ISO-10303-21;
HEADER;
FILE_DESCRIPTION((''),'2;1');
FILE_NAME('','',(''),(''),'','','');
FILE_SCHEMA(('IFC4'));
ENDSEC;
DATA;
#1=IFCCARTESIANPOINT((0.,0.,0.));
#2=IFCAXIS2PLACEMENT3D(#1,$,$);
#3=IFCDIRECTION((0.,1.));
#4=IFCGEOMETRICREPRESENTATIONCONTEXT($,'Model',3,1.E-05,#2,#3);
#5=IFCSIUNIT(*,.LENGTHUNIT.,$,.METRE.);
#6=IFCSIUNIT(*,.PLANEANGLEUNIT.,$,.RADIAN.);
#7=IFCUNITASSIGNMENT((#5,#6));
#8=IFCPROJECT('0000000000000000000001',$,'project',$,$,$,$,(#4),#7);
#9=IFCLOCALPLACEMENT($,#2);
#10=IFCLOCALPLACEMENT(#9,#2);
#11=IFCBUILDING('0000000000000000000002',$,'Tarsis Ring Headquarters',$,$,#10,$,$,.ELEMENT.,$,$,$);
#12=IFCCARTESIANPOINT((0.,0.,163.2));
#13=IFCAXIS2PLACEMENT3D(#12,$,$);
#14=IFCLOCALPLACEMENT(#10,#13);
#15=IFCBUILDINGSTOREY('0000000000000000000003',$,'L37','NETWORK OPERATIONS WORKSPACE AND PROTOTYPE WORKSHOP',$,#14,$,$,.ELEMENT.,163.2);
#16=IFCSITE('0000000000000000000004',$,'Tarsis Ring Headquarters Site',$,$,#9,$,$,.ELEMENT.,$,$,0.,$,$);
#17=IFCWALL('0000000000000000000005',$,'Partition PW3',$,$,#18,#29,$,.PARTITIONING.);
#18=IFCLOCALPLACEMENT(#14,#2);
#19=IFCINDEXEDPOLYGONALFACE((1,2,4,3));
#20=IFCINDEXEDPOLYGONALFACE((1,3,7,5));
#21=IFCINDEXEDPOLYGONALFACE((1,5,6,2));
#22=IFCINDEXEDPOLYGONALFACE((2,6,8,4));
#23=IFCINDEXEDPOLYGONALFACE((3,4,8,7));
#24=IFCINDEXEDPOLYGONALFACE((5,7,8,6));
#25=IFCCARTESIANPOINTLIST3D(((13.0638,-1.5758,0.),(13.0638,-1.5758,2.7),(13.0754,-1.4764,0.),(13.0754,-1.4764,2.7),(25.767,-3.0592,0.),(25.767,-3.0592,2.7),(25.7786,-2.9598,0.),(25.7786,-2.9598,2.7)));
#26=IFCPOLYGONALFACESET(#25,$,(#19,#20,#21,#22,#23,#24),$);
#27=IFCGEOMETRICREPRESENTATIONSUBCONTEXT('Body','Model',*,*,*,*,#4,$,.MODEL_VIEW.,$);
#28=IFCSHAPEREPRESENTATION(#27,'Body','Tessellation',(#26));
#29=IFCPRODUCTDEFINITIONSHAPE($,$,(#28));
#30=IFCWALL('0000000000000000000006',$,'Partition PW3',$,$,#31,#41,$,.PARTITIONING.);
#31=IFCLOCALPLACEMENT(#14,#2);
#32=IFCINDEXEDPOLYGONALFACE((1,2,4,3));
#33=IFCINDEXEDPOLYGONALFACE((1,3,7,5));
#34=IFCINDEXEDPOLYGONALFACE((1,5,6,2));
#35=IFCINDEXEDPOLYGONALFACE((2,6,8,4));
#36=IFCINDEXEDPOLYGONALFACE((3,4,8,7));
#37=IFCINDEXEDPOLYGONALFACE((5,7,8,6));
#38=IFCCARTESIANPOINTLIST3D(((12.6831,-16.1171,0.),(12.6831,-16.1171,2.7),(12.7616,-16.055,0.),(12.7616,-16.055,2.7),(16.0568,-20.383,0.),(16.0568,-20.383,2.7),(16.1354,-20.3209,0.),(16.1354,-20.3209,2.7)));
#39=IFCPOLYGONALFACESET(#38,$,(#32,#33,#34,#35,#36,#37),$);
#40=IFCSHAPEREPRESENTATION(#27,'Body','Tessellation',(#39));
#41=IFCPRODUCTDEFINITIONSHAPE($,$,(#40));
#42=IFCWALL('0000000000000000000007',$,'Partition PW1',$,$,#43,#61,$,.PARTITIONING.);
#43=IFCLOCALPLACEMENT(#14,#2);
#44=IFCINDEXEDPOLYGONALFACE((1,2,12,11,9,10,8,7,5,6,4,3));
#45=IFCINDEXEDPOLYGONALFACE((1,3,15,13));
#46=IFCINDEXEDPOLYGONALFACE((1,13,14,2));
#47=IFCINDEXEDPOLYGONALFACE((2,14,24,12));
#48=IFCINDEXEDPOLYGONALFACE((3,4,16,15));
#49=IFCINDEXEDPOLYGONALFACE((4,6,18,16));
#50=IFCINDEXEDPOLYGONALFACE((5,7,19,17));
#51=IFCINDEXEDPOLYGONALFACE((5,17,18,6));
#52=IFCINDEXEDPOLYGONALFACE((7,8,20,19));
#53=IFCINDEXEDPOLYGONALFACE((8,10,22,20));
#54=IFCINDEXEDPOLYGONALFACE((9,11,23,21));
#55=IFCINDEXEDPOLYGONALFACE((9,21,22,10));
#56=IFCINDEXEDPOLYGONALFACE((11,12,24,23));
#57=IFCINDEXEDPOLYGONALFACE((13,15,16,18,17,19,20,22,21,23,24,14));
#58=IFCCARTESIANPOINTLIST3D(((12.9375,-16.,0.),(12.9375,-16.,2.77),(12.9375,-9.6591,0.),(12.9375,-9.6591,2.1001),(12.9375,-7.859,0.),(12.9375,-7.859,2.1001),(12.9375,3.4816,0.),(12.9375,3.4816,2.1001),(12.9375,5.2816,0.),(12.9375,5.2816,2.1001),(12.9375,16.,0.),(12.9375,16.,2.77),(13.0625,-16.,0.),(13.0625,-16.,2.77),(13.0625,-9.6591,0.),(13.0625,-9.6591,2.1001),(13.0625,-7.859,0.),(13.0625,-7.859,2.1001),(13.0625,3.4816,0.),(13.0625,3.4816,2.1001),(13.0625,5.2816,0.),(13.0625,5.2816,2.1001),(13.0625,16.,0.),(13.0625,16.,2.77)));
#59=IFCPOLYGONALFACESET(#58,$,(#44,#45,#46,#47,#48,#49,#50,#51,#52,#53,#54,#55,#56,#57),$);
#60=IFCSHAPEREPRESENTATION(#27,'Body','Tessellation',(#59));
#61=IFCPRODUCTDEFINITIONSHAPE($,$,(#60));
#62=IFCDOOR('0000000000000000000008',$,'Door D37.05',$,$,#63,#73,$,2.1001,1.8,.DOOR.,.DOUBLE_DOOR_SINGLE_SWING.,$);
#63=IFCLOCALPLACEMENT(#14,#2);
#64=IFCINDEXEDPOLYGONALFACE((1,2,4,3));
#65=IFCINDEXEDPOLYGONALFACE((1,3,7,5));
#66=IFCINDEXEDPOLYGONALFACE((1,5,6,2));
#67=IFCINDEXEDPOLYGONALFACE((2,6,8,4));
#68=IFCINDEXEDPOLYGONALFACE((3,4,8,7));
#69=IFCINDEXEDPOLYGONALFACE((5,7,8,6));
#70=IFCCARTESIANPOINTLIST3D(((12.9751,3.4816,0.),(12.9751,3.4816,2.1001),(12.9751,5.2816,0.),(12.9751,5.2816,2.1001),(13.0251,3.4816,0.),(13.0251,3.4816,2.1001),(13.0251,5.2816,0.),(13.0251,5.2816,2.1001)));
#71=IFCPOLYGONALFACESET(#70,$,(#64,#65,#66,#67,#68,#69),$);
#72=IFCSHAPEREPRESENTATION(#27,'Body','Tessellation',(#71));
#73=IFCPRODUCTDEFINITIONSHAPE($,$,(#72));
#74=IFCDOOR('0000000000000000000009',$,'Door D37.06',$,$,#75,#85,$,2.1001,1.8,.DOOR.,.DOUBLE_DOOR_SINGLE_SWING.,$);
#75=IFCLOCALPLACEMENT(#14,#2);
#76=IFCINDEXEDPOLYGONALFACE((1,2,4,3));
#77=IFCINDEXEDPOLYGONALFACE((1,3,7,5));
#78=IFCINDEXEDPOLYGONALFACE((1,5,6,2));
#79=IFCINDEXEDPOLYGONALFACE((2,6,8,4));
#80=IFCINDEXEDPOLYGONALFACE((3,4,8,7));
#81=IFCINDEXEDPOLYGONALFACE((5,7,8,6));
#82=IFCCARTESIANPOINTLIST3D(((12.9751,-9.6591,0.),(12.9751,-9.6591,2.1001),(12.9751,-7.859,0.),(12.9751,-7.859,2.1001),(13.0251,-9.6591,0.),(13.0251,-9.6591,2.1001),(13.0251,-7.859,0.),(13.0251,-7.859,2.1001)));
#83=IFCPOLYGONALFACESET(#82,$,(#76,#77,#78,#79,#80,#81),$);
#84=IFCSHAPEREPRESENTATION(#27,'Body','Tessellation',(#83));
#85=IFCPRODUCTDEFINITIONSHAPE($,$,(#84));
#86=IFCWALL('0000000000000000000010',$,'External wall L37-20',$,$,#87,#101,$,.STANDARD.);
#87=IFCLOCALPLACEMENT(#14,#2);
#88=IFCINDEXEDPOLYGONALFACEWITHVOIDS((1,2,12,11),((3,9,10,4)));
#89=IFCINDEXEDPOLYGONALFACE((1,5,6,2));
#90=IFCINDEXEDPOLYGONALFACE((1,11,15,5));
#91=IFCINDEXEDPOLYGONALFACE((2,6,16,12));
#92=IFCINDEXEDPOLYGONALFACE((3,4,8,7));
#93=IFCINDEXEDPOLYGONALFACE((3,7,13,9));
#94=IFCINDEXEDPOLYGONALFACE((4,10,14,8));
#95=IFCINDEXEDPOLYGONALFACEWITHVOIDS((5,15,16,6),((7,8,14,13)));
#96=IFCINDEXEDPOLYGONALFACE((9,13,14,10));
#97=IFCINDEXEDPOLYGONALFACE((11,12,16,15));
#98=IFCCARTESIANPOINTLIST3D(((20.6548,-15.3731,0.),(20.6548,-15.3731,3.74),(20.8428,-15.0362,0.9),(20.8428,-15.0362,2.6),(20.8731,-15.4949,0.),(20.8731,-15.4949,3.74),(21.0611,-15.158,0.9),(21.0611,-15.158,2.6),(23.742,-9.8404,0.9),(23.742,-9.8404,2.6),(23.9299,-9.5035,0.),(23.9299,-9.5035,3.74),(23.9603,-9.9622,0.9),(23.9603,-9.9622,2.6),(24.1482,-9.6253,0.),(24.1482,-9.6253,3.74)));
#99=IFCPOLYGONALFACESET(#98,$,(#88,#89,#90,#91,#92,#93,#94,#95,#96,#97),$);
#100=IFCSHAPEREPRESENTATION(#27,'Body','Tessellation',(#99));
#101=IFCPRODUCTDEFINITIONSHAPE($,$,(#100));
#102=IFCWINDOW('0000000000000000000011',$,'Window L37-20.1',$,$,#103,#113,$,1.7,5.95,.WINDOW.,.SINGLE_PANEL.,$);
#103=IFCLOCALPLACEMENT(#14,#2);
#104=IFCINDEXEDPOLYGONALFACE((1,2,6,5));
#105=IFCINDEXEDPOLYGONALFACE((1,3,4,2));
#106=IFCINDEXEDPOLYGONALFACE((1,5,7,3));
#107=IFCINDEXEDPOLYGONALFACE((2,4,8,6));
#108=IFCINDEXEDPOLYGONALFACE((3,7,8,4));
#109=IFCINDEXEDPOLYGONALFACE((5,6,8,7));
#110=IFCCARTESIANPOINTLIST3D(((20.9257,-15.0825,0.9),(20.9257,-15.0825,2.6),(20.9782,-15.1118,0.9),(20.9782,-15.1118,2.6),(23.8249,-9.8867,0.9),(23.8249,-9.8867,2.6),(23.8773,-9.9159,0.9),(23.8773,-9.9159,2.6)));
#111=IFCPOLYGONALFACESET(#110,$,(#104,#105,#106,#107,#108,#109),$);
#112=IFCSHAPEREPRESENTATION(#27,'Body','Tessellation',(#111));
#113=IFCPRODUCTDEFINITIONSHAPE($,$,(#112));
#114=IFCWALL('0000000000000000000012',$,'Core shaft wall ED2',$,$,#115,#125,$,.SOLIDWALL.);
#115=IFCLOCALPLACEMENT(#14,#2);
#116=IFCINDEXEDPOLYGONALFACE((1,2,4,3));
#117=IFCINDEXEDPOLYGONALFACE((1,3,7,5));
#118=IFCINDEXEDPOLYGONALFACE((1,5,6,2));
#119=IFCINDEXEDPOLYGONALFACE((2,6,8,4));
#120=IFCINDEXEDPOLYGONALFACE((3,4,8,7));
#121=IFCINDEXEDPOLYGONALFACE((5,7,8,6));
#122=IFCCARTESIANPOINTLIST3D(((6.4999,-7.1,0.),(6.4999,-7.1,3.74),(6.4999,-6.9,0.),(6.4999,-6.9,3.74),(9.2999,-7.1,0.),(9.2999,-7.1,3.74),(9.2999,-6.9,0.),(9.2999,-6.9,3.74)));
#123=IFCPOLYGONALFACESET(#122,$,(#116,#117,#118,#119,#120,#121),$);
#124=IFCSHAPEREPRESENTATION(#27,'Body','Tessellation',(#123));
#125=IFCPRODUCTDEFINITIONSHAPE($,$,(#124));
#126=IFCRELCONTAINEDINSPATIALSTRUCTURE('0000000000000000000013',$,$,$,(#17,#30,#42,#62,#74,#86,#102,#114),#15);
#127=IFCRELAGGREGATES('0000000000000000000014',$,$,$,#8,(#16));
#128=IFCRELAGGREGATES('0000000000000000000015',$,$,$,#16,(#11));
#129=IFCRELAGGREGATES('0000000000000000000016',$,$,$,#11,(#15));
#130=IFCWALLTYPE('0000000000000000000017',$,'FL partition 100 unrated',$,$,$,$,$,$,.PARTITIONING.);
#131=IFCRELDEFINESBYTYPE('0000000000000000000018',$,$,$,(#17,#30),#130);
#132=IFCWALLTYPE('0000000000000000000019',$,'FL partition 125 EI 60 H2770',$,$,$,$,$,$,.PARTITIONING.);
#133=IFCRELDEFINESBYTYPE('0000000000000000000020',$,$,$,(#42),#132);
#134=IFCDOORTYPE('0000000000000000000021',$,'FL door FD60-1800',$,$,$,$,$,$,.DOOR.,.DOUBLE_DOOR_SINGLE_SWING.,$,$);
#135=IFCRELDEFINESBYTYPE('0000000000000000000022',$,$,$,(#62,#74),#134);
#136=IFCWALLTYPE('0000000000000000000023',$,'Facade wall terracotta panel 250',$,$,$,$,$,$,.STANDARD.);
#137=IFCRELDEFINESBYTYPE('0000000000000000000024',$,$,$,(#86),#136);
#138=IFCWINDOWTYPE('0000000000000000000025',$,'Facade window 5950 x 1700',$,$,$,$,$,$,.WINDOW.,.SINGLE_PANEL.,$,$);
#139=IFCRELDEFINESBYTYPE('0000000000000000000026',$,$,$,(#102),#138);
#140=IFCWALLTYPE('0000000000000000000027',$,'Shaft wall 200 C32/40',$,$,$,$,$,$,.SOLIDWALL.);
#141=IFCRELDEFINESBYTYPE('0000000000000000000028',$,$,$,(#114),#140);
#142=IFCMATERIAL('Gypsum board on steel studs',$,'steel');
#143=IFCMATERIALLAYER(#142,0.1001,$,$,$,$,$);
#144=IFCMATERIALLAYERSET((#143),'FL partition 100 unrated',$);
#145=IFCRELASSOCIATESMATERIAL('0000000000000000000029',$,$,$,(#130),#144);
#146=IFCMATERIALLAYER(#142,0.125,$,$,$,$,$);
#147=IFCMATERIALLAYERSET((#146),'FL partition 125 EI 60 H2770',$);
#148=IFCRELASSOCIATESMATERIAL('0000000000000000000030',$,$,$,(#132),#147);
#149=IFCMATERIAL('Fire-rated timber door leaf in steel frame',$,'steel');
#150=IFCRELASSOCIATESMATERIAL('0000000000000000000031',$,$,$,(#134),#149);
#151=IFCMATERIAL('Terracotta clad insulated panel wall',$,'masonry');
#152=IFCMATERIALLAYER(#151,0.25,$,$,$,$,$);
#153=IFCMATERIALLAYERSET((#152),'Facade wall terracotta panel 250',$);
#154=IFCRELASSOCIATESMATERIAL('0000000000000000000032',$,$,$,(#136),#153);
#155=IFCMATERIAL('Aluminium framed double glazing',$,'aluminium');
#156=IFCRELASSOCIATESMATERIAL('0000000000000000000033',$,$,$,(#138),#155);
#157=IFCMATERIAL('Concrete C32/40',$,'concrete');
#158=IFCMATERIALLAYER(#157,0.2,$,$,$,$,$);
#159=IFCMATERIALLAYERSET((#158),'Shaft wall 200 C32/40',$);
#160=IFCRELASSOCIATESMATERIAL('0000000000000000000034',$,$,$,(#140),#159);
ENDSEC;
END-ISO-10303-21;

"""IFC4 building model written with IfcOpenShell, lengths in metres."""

from ifc_helpers import new_model, si_unit, direction, frame, frame_2d, origin, place, context, subcontext, project, spatial, rectangle, extrude, material, layer, layer_set, type_object, element, fill, save


model = new_model("IFC4")

# Units and contexts
model_context = context("Model", 3, precision=1e-05, world=origin(), true_north=direction((0.0, 1.0)))
body_context = subcontext(model_context, "Body", "Model", "MODEL_VIEW")
ifc_project = project(units=[si_unit("LENGTHUNIT", "METRE"), si_unit("PLANEANGLEUNIT", "RADIAN")], contexts=[model_context])

# Site, building, storey
site_placement = place(None, origin())
site = spatial("IfcSite", under=ifc_project, at=site_placement, Name="Tarsis Ring Headquarters Site", CompositionType="ELEMENT", RefElevation=0.0)
building_placement = place(site_placement, origin())
building = spatial("IfcBuilding", under=site, at=building_placement, Name="Tarsis Ring Headquarters", CompositionType="ELEMENT")
storey_placement = place(building_placement, frame((0.0, 0.0, 163.2)))
storey = spatial("IfcBuildingStorey", under=building, at=storey_placement, Name="L37", Description="NETWORK OPERATIONS WORKSPACE AND PROTOTYPE WORKSHOP", CompositionType="ELEMENT", Elevation=163.2)

# Walls
ifc_material_1 = material(Name="Gypsum board on steel studs", Category="steel")
ifc_layer_1 = layer(ifc_material_1, 0.1001)
ifc_layer_set_1 = layer_set([ifc_layer_1], Name="FL partition 100 unrated")
wall_type_1 = type_object("IfcWallType", Name="FL partition 100 unrated", PredefinedType="PARTITIONING", material=ifc_layer_set_1)
wall_1_placement = place(storey_placement, frame((13.0696, -1.5261, 0.0), z_axis=(0.0, 0.0, 1.0), x_axis=(0.993251, -0.115986, 0.0)))
element("IfcWall", 1, at=wall_1_placement, inside=storey, type_object=wall_type_1, Name="Partition PW3", PredefinedType="PARTITIONING", context=body_context, shape_type="SweptSolid", body=[
    extrude(rectangle(XDim=12.7896, YDim=0.1001, at=frame_2d((6.3948, 0.0))), origin(), (0.0, 0.0, 1.0), 2.7),
])
wall_2_placement = place(storey_placement, frame((12.7224, -16.0862, 0.0), z_axis=(0.0, 0.0, 1.0), x_axis=(0.620322, -0.784347, 0.0)))
element("IfcWall", 2, at=wall_2_placement, inside=storey, type_object=wall_type_1, Name="Partition PW3", PredefinedType="PARTITIONING", context=body_context, shape_type="SweptSolid", body=[
    extrude(rectangle(XDim=5.4387, YDim=0.1001, at=frame_2d((2.7192, 0.0))), origin(), (0.0, 0.0, 1.0), 2.7),
])

# Wall, openings, doors
ifc_layer_2 = layer(ifc_material_1, 0.125)
ifc_layer_set_2 = layer_set([ifc_layer_2], Name="FL partition 125 EI 60 H2770")
wall_type_2 = type_object("IfcWallType", Name="FL partition 125 EI 60 H2770", PredefinedType="PARTITIONING", material=ifc_layer_set_2)
wall_3_placement = place(storey_placement, frame((13.0, -16.0, 0.0), z_axis=(0.0, 0.0, 1.0), x_axis=(0.0, 1.0, 0.0)))
wall_3 = element("IfcWall", 3, at=wall_3_placement, inside=storey, type_object=wall_type_2, Name="Partition PW1", PredefinedType="PARTITIONING", context=body_context, shape_type="SweptSolid", body=[
    extrude(rectangle(XDim=32.0, YDim=0.125, at=frame_2d((16.0, 0.0))), origin(), (0.0, 0.0, 1.0), 2.77),
])
opening_1_placement = place(wall_3_placement, frame((19.4817, 0.0, 0.0)))
opening_1 = element("IfcOpeningElement", 4, at=opening_1_placement, cuts=wall_3, PredefinedType="OPENING", context=body_context, shape_type="SweptSolid", body=[
    extrude(rectangle(XDim=1.8, YDim=2.1001, at=frame_2d((0.8999, 1.05))), frame((0.0, 0.0725, 0.0), z_axis=(0.0, -1.0, 0.0), x_axis=(1.0, 0.0, 0.0)), (0.0, 0.0, 1.0), 0.145),
])
opening_2_placement = place(wall_3_placement, frame((6.3411, 0.0, 0.0)))
opening_2 = element("IfcOpeningElement", 5, at=opening_2_placement, cuts=wall_3, PredefinedType="OPENING", context=body_context, shape_type="SweptSolid", body=[
    extrude(rectangle(XDim=1.8, YDim=2.1001, at=frame_2d((0.8999, 1.05))), frame((0.0, 0.0725, 0.0), z_axis=(0.0, -1.0, 0.0), x_axis=(1.0, 0.0, 0.0)), (0.0, 0.0, 1.0), 0.145),
])
ifc_material_2 = material(Name="Fire-rated timber door leaf in steel frame", Category="steel")
door_type_1 = type_object("IfcDoorType", Name="FL door FD60-1800", OperationType="DOUBLE_DOOR_SINGLE_SWING", PredefinedType="DOOR", material=ifc_material_2)
door_1_placement = place(opening_1_placement, origin())
door_1 = element("IfcDoor", 6, at=door_1_placement, inside=storey, type_object=door_type_1, Name="Door D37.05", OperationType="DOUBLE_DOOR_SINGLE_SWING", OverallHeight=2.1001, OverallWidth=1.8, PredefinedType="DOOR", context=body_context, shape_type="SweptSolid", body=[
    extrude(rectangle(XDim=1.8, YDim=2.1001, at=frame_2d((0.8999, 1.05))), frame((0.0, 0.0249, 0.0), z_axis=(0.0, -1.0, 0.0), x_axis=(1.0, 0.0, 0.0)), (0.0, 0.0, 1.0), 0.05),
])
fill(opening_1, door_1)
door_2_placement = place(opening_2_placement, origin())
door_2 = element("IfcDoor", 7, at=door_2_placement, inside=storey, type_object=door_type_1, Name="Door D37.06", OperationType="DOUBLE_DOOR_SINGLE_SWING", OverallHeight=2.1001, OverallWidth=1.8, PredefinedType="DOOR", context=body_context, shape_type="SweptSolid", body=[
    extrude(rectangle(XDim=1.8, YDim=2.1001, at=frame_2d((0.8999, 1.05))), frame((0.0, 0.0249, 0.0), z_axis=(0.0, -1.0, 0.0), x_axis=(1.0, 0.0, 0.0)), (0.0, 0.0, 1.0), 0.05),
])
fill(opening_2, door_2)

# Wall, opening, window
ifc_material_3 = material(Name="Terracotta clad insulated panel wall", Category="masonry")
ifc_layer_3 = layer(ifc_material_3, 0.25)
ifc_layer_set_3 = layer_set([ifc_layer_3], Name="Facade wall terracotta panel 250")
wall_type_3 = type_object("IfcWallType", Name="Facade wall terracotta panel 250", PredefinedType="STANDARD", material=ifc_layer_set_3)
wall_4_placement = place(storey_placement, frame((20.7639, -15.4341, 0.0), z_axis=(0.0, 0.0, 1.0), x_axis=(0.487261, 0.873256, 0.0)))
wall_4 = element("IfcWall", 8, at=wall_4_placement, inside=storey, type_object=wall_type_3, Name="External wall L37-20", PredefinedType="STANDARD", context=body_context, shape_type="SweptSolid", body=[
    extrude(rectangle(XDim=6.7214, YDim=0.25, at=frame_2d((3.3608, 0.0))), origin(), (0.0, 0.0, 1.0), 3.74),
])
opening_3_placement = place(wall_4_placement, frame((0.3857, 0.0, 0.8999)))
opening_3 = element("IfcOpeningElement", 9, at=opening_3_placement, cuts=wall_4, PredefinedType="OPENING", context=body_context, shape_type="SweptSolid", body=[
    extrude(rectangle(XDim=5.95, YDim=1.7, at=frame_2d((2.9751, 0.8501))), frame((0.0, 0.135, 0.0), z_axis=(0.0, -1.0, 0.0), x_axis=(1.0, 0.0, 0.0)), (0.0, 0.0, 1.0), 0.27),
])
ifc_material_4 = material(Name="Aluminium framed double glazing", Category="aluminium")
window_type = type_object("IfcWindowType", Name="Facade window 5950 x 1700", PartitioningType="SINGLE_PANEL", PredefinedType="WINDOW", material=ifc_material_4)
window_placement = place(opening_3_placement, origin())
window = element("IfcWindow", 10, at=window_placement, inside=storey, type_object=window_type, Name="Window L37-20.1", OverallHeight=1.7, OverallWidth=5.95, PartitioningType="SINGLE_PANEL", PredefinedType="WINDOW", context=body_context, shape_type="SweptSolid", body=[
    extrude(rectangle(XDim=5.95, YDim=1.7, at=frame_2d((2.9751, 0.8501))), frame((0.0, 0.03, 0.0), z_axis=(0.0, -1.0, 0.0), x_axis=(1.0, 0.0, 0.0)), (0.0, 0.0, 1.0), 0.0601),
])
fill(opening_3, window)

# Wall
ifc_material_5 = material(Name="Concrete C32/40", Category="concrete")
ifc_layer_4 = layer(ifc_material_5, 0.2)
ifc_layer_set_4 = layer_set([ifc_layer_4], Name="Shaft wall 200 C32/40")
wall_type_4 = type_object("IfcWallType", Name="Shaft wall 200 C32/40", PredefinedType="SOLIDWALL", material=ifc_layer_set_4)
wall_5_placement = place(storey_placement, frame((6.5, -7.0, 0.0), z_axis=(0.0, 0.0, 1.0), x_axis=(1.0, 0.0, 0.0)))
element("IfcWall", 11, at=wall_5_placement, inside=storey, type_object=wall_type_4, Name="Core shaft wall ED2", PredefinedType="SOLIDWALL", context=body_context, shape_type="SweptSolid", body=[
    extrude(rectangle(XDim=2.8, YDim=0.2, at=frame_2d((1.3999, 0.0))), origin(), (0.0, 0.0, 1.0), 3.74),
])

save(model, "model.ifc")
